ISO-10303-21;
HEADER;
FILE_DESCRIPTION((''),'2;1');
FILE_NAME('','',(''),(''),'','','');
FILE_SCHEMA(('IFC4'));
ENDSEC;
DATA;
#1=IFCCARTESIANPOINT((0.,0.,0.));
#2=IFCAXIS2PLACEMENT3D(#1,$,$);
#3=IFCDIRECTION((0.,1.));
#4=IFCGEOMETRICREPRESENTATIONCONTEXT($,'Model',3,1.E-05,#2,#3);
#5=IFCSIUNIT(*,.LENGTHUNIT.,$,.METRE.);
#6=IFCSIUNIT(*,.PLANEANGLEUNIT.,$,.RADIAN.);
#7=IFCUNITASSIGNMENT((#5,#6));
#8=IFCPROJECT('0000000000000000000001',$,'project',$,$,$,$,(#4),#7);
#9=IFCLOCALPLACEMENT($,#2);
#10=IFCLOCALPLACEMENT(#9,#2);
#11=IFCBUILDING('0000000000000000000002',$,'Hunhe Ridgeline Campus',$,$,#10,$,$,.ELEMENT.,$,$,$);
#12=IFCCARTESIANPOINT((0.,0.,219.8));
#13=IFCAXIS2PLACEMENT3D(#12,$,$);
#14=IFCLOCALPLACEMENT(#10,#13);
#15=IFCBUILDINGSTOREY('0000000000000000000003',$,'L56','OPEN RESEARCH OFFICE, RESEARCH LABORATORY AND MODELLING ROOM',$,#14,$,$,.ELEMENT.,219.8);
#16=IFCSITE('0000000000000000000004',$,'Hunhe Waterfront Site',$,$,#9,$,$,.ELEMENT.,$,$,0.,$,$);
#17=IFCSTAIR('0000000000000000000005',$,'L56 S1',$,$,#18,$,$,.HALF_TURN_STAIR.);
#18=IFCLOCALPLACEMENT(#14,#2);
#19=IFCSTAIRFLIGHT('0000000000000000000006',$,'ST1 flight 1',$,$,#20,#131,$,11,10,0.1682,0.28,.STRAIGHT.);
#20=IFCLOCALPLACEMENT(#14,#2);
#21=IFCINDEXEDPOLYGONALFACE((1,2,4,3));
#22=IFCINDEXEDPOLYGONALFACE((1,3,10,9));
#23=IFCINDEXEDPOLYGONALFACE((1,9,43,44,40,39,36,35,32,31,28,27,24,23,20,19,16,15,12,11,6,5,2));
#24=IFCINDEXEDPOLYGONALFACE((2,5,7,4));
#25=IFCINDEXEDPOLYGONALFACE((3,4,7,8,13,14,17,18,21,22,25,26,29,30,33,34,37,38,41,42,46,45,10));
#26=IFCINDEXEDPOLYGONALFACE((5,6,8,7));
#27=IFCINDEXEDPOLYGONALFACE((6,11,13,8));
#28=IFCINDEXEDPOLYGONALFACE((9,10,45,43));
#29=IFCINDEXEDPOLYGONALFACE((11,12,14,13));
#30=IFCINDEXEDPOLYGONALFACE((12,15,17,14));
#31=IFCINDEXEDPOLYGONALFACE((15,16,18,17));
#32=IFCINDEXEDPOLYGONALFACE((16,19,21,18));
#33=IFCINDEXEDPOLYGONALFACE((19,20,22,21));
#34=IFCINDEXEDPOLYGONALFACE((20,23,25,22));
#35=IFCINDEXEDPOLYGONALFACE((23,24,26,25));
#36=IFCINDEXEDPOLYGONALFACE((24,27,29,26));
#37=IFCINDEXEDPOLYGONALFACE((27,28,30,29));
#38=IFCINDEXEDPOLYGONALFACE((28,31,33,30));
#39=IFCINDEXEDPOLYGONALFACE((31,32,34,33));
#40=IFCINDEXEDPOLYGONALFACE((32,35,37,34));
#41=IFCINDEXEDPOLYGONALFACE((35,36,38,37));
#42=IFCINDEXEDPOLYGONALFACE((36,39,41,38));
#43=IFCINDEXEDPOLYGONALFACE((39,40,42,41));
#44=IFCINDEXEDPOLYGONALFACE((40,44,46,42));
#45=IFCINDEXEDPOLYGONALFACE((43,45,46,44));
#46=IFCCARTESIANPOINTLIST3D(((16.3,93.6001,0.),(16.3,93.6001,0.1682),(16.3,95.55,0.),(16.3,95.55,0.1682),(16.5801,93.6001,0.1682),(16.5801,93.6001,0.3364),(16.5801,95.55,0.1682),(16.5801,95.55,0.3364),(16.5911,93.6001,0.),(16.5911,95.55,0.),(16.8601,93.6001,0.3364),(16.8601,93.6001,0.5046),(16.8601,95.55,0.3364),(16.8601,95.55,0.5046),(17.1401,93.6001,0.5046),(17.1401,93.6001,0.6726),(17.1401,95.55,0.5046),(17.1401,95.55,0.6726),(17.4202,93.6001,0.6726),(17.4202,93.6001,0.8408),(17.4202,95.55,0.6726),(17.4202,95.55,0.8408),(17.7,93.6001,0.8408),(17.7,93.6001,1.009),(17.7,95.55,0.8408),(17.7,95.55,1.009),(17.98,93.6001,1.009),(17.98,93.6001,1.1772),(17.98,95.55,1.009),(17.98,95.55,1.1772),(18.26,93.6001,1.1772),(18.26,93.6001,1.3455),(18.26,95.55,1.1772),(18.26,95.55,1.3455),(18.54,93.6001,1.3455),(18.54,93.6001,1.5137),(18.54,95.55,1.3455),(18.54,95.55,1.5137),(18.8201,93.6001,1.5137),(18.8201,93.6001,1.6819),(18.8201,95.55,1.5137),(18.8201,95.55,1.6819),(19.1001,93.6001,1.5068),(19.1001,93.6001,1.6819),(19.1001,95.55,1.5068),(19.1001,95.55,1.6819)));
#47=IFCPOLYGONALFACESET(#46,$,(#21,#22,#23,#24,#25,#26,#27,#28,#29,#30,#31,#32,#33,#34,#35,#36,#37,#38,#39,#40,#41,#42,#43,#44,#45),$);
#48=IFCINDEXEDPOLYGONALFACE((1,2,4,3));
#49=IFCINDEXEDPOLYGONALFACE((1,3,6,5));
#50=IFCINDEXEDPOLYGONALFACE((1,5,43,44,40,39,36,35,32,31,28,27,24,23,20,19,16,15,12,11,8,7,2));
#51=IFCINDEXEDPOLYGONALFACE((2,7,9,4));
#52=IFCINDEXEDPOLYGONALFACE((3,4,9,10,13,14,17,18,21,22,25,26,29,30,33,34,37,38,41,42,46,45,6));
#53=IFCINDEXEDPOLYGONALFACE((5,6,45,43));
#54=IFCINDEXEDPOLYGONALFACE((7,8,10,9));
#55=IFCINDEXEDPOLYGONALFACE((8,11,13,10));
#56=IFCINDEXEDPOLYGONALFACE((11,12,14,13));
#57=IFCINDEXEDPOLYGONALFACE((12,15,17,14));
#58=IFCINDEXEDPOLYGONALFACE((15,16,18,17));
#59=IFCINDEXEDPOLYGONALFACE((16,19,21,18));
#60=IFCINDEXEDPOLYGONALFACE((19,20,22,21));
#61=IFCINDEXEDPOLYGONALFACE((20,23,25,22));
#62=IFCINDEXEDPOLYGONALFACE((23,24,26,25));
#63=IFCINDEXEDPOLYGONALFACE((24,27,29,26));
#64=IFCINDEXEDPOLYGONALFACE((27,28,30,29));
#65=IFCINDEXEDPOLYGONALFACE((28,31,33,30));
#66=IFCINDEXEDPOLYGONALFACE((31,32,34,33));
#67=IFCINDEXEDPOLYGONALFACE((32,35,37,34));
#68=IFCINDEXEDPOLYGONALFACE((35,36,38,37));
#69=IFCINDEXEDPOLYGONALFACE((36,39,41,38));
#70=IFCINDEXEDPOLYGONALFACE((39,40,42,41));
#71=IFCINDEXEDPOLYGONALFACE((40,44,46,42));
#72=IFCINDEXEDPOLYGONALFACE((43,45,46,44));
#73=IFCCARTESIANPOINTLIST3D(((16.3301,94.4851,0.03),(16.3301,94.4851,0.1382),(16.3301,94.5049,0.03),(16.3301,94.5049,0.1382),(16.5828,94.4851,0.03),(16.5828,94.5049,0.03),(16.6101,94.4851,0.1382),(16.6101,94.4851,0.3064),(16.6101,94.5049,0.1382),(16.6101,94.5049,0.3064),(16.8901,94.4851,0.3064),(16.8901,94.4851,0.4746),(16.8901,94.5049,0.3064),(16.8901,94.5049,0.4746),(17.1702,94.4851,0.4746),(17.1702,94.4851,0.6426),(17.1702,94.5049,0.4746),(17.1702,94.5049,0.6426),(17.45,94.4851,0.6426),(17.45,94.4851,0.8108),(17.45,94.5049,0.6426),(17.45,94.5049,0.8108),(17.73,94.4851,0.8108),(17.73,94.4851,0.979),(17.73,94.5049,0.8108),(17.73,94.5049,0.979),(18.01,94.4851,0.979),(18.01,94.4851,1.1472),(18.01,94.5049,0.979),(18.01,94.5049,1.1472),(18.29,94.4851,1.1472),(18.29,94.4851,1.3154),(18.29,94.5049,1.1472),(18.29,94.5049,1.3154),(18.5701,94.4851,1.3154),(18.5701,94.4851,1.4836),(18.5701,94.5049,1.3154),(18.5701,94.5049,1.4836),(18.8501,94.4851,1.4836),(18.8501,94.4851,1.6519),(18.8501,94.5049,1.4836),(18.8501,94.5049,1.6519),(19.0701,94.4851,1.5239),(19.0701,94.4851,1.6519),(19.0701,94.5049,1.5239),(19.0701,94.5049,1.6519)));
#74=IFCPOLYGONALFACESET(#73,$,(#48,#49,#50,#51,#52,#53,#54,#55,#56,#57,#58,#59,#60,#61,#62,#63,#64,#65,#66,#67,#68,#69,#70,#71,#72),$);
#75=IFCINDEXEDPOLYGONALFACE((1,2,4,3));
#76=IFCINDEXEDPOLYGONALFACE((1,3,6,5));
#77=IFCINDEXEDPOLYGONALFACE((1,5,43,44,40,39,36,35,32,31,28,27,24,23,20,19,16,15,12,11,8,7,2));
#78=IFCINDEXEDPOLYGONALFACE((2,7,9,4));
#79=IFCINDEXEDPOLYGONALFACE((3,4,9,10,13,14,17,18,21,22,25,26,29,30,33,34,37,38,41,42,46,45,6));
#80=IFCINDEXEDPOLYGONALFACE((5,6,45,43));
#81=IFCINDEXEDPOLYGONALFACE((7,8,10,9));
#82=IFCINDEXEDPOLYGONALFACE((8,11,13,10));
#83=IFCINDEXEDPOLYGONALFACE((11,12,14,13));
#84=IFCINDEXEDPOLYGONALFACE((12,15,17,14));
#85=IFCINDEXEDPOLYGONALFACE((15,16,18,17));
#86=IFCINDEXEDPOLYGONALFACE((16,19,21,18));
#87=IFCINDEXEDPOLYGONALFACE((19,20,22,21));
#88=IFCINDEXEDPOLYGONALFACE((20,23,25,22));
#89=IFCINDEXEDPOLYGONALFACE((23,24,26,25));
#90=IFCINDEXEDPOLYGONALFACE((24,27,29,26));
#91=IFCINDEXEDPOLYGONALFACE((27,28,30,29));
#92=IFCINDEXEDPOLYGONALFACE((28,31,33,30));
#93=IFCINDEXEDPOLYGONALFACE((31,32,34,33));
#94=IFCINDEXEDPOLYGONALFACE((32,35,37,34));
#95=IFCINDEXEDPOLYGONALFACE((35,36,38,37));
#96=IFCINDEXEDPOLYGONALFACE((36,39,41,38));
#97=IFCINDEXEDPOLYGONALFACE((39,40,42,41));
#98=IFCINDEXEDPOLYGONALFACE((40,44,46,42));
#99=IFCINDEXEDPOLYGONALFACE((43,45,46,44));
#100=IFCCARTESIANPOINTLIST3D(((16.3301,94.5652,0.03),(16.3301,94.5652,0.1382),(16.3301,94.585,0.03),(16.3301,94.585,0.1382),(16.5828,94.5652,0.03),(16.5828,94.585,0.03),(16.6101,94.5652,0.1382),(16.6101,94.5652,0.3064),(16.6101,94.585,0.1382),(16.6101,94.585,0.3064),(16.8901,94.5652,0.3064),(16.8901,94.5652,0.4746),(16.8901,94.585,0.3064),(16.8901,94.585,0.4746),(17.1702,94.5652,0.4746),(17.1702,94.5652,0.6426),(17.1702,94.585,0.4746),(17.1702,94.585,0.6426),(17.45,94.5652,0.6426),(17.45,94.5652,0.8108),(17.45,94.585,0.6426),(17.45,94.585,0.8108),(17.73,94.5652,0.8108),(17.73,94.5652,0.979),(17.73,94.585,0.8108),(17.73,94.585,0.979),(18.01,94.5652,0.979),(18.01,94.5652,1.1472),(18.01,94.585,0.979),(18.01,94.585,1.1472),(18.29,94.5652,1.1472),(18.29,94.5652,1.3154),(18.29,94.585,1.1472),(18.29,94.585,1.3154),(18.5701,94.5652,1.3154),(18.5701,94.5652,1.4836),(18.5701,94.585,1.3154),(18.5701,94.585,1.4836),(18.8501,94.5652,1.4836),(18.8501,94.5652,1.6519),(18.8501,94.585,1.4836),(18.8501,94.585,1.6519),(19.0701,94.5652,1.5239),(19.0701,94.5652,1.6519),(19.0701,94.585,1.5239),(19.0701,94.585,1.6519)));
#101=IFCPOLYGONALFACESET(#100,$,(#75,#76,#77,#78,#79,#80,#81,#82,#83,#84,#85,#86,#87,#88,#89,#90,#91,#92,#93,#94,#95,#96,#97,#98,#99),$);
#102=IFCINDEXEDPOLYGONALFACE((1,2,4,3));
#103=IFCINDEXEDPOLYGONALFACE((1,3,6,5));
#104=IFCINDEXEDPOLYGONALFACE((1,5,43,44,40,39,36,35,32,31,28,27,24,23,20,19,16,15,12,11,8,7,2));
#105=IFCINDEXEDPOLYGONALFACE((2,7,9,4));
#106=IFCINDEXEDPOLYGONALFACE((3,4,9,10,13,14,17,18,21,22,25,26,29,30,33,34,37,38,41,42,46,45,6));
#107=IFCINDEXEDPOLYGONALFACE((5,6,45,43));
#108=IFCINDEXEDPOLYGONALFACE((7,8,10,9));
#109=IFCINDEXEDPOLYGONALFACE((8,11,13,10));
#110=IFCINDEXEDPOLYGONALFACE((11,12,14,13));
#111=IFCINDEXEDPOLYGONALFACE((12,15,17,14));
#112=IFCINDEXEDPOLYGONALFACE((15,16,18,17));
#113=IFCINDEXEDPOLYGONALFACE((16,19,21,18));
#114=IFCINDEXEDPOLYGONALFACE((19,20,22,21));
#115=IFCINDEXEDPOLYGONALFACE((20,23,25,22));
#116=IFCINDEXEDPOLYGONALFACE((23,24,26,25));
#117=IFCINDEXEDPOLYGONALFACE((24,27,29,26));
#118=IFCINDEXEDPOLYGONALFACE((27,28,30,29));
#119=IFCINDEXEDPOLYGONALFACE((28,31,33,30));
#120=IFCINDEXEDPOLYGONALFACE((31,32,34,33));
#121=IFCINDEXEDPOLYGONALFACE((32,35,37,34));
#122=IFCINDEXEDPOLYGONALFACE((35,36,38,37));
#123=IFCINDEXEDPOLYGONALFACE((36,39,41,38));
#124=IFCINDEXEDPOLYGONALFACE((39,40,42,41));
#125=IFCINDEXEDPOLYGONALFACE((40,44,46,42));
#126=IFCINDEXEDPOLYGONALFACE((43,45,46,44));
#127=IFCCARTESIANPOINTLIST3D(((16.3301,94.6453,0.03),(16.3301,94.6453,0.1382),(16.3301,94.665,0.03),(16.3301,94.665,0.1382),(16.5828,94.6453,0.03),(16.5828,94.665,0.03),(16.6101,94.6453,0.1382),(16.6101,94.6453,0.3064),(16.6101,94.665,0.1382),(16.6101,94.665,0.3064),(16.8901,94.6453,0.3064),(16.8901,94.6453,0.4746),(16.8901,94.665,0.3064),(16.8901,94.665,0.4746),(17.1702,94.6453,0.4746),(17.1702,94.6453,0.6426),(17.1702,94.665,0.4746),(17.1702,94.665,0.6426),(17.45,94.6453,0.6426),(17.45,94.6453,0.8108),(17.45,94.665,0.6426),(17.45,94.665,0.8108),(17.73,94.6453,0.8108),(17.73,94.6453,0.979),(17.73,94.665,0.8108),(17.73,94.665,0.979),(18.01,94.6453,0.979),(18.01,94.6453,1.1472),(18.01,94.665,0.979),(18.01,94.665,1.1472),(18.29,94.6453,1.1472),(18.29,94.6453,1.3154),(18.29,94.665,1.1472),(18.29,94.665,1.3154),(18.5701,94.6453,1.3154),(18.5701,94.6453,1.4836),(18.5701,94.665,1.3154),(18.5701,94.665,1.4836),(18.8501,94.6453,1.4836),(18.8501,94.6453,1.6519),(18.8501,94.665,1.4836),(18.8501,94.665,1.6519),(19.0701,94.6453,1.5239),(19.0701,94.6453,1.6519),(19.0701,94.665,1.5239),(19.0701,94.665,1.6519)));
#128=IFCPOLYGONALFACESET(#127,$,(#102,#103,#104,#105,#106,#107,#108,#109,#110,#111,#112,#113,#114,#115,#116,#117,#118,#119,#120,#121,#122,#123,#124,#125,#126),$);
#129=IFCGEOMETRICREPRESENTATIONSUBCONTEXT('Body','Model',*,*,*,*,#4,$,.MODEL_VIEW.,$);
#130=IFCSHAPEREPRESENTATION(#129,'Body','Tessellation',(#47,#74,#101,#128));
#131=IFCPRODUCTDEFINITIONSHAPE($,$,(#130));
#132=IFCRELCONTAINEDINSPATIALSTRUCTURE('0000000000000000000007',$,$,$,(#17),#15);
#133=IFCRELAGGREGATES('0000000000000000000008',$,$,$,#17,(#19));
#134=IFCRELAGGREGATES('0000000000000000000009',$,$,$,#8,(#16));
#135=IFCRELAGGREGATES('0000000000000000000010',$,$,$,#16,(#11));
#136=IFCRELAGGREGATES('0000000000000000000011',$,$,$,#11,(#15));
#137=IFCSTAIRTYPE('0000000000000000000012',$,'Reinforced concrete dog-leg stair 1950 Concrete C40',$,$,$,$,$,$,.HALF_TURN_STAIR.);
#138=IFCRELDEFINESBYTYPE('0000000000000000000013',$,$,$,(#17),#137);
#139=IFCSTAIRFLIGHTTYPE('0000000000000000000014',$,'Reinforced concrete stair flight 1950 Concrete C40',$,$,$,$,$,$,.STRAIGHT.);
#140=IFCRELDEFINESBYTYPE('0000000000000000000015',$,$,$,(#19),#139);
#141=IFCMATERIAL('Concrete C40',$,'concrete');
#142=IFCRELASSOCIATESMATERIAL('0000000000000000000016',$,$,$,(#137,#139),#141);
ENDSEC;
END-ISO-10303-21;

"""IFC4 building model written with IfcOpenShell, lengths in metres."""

from ifc_helpers import new_model, si_unit, direction, frame, origin, place, context, subcontext, project, spatial, polyline, outline, extrude, material, type_object, element, aggregate, save


model = new_model("IFC4")

# Units and contexts
model_context = context("Model", 3, precision=1e-05, world=origin(), true_north=direction((0.0, 1.0)))
body_context = subcontext(model_context, "Body", "Model", "MODEL_VIEW")
ifc_project = project(units=[si_unit("LENGTHUNIT", "METRE"), si_unit("PLANEANGLEUNIT", "RADIAN")], contexts=[model_context])

# Site, building, storey
site_placement = place(None, origin())
site = spatial("IfcSite", under=ifc_project, at=site_placement, Name="Hunhe Waterfront Site", CompositionType="ELEMENT", RefElevation=0.0)
building_placement = place(site_placement, origin())
building = spatial("IfcBuilding", under=site, at=building_placement, Name="Hunhe Ridgeline Campus", CompositionType="ELEMENT")
storey_placement = place(building_placement, frame((0.0, 0.0, 219.8)))
storey = spatial("IfcBuildingStorey", under=building, at=storey_placement, Name="L56", Description="OPEN RESEARCH OFFICE, RESEARCH LABORATORY AND MODELLING ROOM", CompositionType="ELEMENT", Elevation=219.8)

# Stair, stair flight
ifc_material_1 = material(Name="Concrete C40", Category="concrete")
stair_type = type_object("IfcStairType", Name="Reinforced concrete dog-leg stair 1950 Concrete C40", PredefinedType="HALF_TURN_STAIR", material=ifc_material_1)
stair_placement = place(storey_placement, origin())
stair = element("IfcStair", 1, at=stair_placement, inside=storey, type_object=stair_type, Name="L56 S1", PredefinedType="HALF_TURN_STAIR")
stair_flight_type = type_object("IfcStairFlightType", Name="Reinforced concrete stair flight 1950 Concrete C40", PredefinedType="STRAIGHT", material=ifc_material_1)
stair_flight_1_placement = place(storey_placement, frame((16.3, 94.575, 0.0), z_axis=(0.0, 0.0, 1.0), x_axis=(1.0, 0.0, 0.0)))
stair_flight_1 = element("IfcStairFlight", 2, at=stair_flight_1_placement, type_object=stair_flight_type, Name="ST1 flight 1", NumberOfRisers=11, NumberOfTreads=10, PredefinedType="STRAIGHT", RiserHeight=0.1682, TreadLength=0.28, context=body_context, shape_type="SweptSolid", body=[
    extrude(outline(polyline([(0.0, 0.0), (0.0, 0.1682), (0.28, 0.1682), (0.28, 0.3364), (0.5601, 0.3364), (0.5601, 0.5046), (0.8401, 0.5046), (0.8401, 0.6726), (1.1201, 0.6726), (1.1201, 0.8408), (1.3999, 0.8408), (1.3999, 1.009), (1.6799, 1.009), (1.6799, 1.1772), (1.96, 1.1772), (1.96, 1.3455), (2.24, 1.3455), (2.24, 1.5137), (2.52, 1.5137), (2.52, 1.6819), (2.8, 1.6819), (2.8, 1.8501), (2.8, 1.5068), (0.291, 0.0), (0.0, 0.0)])), frame((0.0, 0.9751, 0.0), z_axis=(0.0, -1.0, 0.0), x_axis=(1.0, 0.0, 0.0)), (0.0, 0.0, 1.0), 1.95),
    extrude(outline(polyline([(0.03, 0.03), (0.03, 0.1382), (0.3101, 0.1382), (0.3101, 0.3064), (0.5901, 0.3064), (0.5901, 0.4746), (0.8701, 0.4746), (0.8701, 0.6426), (1.1499, 0.6426), (1.1499, 0.8108), (1.4299, 0.8108), (1.4299, 0.979), (1.71, 0.979), (1.71, 1.1472), (1.99, 1.1472), (1.99, 1.3154), (2.27, 1.3154), (2.27, 1.4836), (2.55, 1.4836), (2.55, 1.6519), (2.77, 1.6519), (2.77, 1.5239), (0.2827, 0.03), (0.03, 0.03)])), frame((0.0, -0.0701, 0.0), z_axis=(0.0, -1.0, 0.0), x_axis=(1.0, 0.0, 0.0)), (0.0, 0.0, 1.0), 0.0198),
    extrude(outline(polyline([(0.03, 0.03), (0.03, 0.1382), (0.3101, 0.1382), (0.3101, 0.3064), (0.5901, 0.3064), (0.5901, 0.4746), (0.8701, 0.4746), (0.8701, 0.6426), (1.1499, 0.6426), (1.1499, 0.8108), (1.4299, 0.8108), (1.4299, 0.979), (1.71, 0.979), (1.71, 1.1472), (1.99, 1.1472), (1.99, 1.3154), (2.27, 1.3154), (2.27, 1.4836), (2.55, 1.4836), (2.55, 1.6519), (2.77, 1.6519), (2.77, 1.5239), (0.2827, 0.03), (0.03, 0.03)])), frame((0.0, 0.01, 0.0), z_axis=(0.0, -1.0, 0.0), x_axis=(1.0, 0.0, 0.0)), (0.0, 0.0, 1.0), 0.0198),
    extrude(outline(polyline([(0.03, 0.03), (0.03, 0.1382), (0.3101, 0.1382), (0.3101, 0.3064), (0.5901, 0.3064), (0.5901, 0.4746), (0.8701, 0.4746), (0.8701, 0.6426), (1.1499, 0.6426), (1.1499, 0.8108), (1.4299, 0.8108), (1.4299, 0.979), (1.71, 0.979), (1.71, 1.1472), (1.99, 1.1472), (1.99, 1.3154), (2.27, 1.3154), (2.27, 1.4836), (2.55, 1.4836), (2.55, 1.6519), (2.77, 1.6519), (2.77, 1.5239), (0.2827, 0.03), (0.03, 0.03)])), frame((0.0, 0.0901, 0.0), z_axis=(0.0, -1.0, 0.0), x_axis=(1.0, 0.0, 0.0)), (0.0, 0.0, 1.0), 0.0198),
])
aggregate(stair, [stair_flight_1])

save(model, "model.ifc")
